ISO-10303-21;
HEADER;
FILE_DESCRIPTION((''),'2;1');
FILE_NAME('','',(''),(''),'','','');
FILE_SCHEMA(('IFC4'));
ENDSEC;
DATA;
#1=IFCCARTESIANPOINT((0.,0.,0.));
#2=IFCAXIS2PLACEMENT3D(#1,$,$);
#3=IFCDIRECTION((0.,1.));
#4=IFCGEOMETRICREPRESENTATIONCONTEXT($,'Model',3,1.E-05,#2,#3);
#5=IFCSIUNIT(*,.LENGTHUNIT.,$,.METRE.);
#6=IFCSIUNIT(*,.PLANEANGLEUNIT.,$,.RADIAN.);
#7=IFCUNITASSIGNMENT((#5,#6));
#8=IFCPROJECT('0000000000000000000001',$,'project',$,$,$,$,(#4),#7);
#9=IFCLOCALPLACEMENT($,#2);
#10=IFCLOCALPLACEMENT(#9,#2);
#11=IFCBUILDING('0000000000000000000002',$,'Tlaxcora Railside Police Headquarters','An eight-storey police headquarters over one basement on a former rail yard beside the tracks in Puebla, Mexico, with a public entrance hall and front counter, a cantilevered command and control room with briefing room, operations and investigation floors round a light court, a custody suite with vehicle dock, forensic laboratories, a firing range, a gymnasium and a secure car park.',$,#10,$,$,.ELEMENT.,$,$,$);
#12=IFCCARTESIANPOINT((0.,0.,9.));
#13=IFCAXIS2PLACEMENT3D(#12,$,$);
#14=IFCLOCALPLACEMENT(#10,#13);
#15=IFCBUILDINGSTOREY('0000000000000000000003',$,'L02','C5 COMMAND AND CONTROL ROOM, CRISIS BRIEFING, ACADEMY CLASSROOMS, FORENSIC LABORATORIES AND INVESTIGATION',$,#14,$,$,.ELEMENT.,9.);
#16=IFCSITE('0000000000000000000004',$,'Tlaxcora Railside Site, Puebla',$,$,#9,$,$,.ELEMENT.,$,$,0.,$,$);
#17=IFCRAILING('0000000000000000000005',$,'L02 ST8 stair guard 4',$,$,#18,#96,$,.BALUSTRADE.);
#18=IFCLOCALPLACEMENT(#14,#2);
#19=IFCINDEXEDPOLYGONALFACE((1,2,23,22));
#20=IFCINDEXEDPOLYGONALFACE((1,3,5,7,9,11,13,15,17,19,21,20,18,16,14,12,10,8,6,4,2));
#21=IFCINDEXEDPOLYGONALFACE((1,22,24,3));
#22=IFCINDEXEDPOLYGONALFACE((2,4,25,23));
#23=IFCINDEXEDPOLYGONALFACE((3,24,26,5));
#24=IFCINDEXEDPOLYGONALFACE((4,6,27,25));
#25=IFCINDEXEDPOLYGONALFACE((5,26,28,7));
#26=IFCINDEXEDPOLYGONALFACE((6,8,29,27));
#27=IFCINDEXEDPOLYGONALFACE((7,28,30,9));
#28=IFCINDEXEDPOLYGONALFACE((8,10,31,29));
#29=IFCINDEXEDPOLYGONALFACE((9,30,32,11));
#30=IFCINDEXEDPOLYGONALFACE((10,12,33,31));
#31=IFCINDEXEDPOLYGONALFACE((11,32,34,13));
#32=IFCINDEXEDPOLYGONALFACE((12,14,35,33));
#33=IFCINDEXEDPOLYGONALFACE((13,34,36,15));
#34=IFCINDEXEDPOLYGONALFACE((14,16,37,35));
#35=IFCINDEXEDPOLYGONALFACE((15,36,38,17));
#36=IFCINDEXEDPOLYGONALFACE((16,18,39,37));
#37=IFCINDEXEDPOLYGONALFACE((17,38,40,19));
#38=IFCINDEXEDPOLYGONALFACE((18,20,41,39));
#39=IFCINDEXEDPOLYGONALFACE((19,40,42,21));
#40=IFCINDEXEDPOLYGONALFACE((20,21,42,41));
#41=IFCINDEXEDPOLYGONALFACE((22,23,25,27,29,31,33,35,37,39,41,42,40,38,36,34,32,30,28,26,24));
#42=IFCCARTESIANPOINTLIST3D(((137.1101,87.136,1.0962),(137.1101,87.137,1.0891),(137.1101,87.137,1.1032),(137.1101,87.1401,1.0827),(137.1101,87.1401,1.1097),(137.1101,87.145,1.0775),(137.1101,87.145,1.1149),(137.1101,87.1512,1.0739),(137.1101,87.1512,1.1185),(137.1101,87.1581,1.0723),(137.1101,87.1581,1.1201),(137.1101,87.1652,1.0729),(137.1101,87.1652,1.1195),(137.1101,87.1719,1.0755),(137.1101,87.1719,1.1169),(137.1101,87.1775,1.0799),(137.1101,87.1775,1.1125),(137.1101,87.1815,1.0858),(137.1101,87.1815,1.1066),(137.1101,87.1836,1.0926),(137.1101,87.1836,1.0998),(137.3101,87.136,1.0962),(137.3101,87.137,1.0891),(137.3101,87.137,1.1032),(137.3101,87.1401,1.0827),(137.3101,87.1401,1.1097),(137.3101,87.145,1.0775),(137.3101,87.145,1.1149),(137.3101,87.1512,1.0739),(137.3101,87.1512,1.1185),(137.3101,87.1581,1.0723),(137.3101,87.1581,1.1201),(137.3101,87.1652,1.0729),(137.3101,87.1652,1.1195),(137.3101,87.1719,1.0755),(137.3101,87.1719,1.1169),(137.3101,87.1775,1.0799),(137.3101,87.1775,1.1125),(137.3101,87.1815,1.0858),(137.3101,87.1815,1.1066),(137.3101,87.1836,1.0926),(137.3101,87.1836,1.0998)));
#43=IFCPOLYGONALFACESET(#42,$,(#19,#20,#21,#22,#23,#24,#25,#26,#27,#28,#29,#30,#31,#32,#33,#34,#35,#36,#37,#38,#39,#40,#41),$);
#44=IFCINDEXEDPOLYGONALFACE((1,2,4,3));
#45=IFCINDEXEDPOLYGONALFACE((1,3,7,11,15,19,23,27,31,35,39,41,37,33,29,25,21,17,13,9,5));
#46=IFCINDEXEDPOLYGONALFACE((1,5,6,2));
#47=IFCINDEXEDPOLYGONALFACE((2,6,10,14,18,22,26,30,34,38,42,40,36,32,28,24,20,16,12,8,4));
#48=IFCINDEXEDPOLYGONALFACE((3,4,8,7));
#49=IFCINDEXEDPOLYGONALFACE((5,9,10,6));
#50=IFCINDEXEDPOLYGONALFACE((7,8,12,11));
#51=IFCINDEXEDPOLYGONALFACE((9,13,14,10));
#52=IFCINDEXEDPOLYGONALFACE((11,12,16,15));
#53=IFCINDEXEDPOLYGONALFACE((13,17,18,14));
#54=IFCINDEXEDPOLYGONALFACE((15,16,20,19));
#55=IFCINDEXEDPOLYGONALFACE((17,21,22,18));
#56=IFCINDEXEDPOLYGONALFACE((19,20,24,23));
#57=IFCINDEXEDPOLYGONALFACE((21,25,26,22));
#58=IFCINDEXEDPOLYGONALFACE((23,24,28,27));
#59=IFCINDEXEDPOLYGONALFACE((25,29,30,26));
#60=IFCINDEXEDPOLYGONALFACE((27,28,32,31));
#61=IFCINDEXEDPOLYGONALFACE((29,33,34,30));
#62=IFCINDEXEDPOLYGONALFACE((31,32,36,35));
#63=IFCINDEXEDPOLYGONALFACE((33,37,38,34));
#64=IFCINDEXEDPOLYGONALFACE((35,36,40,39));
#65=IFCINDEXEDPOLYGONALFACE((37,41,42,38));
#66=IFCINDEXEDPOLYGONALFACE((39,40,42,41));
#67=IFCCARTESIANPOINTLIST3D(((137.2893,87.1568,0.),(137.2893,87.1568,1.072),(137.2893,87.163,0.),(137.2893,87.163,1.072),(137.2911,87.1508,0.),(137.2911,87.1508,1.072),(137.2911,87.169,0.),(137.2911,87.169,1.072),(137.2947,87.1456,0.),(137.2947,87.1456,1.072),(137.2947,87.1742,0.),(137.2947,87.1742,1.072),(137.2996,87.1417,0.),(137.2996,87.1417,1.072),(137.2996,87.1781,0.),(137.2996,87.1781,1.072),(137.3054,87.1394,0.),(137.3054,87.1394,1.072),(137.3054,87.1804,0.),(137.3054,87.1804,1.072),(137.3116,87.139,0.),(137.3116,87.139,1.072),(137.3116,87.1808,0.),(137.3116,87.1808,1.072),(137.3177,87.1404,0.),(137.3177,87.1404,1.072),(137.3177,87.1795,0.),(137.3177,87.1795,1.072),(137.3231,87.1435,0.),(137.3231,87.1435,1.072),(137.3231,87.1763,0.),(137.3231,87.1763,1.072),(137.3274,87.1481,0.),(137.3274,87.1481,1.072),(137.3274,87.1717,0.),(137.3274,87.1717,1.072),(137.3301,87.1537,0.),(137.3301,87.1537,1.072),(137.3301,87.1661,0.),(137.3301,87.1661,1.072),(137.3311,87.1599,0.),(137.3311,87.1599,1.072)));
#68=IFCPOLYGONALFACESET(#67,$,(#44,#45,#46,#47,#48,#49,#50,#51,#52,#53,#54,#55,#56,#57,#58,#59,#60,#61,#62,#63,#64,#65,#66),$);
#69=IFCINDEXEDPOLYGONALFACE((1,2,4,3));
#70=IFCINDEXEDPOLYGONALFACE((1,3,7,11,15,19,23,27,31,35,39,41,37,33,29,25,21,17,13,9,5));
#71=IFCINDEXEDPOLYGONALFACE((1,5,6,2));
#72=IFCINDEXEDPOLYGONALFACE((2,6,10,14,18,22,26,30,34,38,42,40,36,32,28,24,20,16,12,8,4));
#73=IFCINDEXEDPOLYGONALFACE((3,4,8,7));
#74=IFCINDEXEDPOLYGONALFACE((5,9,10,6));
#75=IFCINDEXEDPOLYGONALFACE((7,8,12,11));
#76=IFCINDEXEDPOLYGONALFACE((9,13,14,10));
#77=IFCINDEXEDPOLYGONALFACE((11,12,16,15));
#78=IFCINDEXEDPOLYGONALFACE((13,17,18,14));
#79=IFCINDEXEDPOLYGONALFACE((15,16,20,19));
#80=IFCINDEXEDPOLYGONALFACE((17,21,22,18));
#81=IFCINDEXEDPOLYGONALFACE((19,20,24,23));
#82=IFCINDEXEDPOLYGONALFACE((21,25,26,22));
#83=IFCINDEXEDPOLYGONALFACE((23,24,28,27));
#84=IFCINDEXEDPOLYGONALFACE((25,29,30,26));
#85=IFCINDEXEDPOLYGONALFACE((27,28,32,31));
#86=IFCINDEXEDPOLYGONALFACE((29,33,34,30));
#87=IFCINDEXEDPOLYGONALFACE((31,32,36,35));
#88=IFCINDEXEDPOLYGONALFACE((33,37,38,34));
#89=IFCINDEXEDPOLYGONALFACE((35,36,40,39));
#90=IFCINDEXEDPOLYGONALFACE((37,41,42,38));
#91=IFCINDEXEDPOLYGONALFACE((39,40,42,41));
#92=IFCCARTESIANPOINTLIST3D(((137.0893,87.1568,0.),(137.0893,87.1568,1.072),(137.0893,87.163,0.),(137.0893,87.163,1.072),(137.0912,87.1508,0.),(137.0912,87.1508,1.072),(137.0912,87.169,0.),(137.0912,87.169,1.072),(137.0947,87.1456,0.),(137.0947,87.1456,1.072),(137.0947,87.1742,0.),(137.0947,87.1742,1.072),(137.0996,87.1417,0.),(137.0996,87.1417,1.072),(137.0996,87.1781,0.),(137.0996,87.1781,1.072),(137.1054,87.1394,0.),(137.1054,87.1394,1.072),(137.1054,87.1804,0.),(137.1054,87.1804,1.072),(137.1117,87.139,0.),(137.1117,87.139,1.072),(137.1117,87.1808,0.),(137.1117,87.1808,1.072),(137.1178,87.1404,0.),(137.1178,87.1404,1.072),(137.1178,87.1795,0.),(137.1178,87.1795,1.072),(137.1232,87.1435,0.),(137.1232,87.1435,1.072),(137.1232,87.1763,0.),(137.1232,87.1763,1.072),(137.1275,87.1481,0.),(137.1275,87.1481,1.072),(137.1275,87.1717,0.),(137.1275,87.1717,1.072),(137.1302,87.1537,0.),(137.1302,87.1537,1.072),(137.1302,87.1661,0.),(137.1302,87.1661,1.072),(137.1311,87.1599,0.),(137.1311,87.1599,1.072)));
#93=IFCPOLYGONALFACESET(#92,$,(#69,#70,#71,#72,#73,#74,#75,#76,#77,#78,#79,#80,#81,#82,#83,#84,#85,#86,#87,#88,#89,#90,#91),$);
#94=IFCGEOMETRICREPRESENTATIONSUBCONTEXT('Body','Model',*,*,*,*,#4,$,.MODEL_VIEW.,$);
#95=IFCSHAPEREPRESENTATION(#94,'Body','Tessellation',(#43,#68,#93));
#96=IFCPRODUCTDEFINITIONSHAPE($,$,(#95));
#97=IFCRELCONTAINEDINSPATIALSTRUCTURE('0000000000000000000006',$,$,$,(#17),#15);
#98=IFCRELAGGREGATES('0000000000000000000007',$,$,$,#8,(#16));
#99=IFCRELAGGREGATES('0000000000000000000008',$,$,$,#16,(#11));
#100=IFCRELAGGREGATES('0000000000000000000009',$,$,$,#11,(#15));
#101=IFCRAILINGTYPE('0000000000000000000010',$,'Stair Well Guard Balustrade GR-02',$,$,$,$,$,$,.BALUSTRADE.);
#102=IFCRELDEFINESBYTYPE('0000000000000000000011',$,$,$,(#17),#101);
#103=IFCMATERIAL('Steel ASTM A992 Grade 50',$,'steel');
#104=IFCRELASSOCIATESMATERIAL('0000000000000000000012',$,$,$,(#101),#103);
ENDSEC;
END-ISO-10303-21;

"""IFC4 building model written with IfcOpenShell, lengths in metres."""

from ifc_helpers import new_model, si_unit, direction, frame, origin, origin_2d, place, context, subcontext, project, spatial, circle, extrude, material, type_object, element, save


model = new_model("IFC4")

# Units and contexts
model_context = context("Model", 3, precision=1e-05, world=origin(), true_north=direction((0.0, 1.0)))
body_context = subcontext(model_context, "Body", "Model", "MODEL_VIEW")
ifc_project = project(units=[si_unit("LENGTHUNIT", "METRE"), si_unit("PLANEANGLEUNIT", "RADIAN")], contexts=[model_context])

# Site, building, storey
site_placement = place(None, origin())
site = spatial("IfcSite", under=ifc_project, at=site_placement, Name="Tlaxcora Railside Site, Puebla", CompositionType="ELEMENT", RefElevation=0.0)
building_placement = place(site_placement, origin())
building = spatial("IfcBuilding", under=site, at=building_placement, Name="Tlaxcora Railside Police Headquarters", Description="An eight-storey police headquarters over one basement on a former rail yard beside the tracks in Puebla, Mexico, with a public entrance hall and front counter, a cantilevered command and control room with briefing room, operations and investigation floors round a light court, a custody suite with vehicle dock, forensic laboratories, a firing range, a gymnasium and a secure car park.", CompositionType="ELEMENT")
storey_placement = place(building_placement, frame((0.0, 0.0, 9.0)))
storey = spatial("IfcBuildingStorey", under=building, at=storey_placement, Name="L02", Description="C5 COMMAND AND CONTROL ROOM, CRISIS BRIEFING, ACADEMY CLASSROOMS, FORENSIC LABORATORIES AND INVESTIGATION", CompositionType="ELEMENT", Elevation=9.0)

# Shared definitions
ifc_material_1 = material(Name="Steel ASTM A992 Grade 50", Category="steel")

# Railing
railing_type_1 = type_object("IfcRailingType", Name="Stair Well Guard Balustrade GR-02", PredefinedType="BALUSTRADE", material=ifc_material_1)
railing_1_placement = place(storey_placement, frame((137.3101, 87.1599, 0.0)))
element("IfcRailing", 1, at=railing_1_placement, inside=storey, type_object=railing_type_1, Name="L02 ST8 stair guard 4", PredefinedType="BALUSTRADE", context=body_context, shape_type="SweptSolid", body=[
    extrude(circle(Radius=0.0239, at=origin_2d()), frame((0.0, 0.0, 1.0962), z_axis=(-1.0, 0.0, 0.0), x_axis=(0.0, -1.0, 0.0)), (0.0, 0.0, 1.0), 0.2),
    extrude(circle(Radius=0.021, at=origin_2d()), origin(), (0.0, 0.0, 1.0), 1.072),
    extrude(circle(Radius=0.021, at=origin_2d()), frame((-0.2, 0.0, 0.0)), (0.0, 0.0, 1.0), 1.072),
])

save(model, "model.ifc")
